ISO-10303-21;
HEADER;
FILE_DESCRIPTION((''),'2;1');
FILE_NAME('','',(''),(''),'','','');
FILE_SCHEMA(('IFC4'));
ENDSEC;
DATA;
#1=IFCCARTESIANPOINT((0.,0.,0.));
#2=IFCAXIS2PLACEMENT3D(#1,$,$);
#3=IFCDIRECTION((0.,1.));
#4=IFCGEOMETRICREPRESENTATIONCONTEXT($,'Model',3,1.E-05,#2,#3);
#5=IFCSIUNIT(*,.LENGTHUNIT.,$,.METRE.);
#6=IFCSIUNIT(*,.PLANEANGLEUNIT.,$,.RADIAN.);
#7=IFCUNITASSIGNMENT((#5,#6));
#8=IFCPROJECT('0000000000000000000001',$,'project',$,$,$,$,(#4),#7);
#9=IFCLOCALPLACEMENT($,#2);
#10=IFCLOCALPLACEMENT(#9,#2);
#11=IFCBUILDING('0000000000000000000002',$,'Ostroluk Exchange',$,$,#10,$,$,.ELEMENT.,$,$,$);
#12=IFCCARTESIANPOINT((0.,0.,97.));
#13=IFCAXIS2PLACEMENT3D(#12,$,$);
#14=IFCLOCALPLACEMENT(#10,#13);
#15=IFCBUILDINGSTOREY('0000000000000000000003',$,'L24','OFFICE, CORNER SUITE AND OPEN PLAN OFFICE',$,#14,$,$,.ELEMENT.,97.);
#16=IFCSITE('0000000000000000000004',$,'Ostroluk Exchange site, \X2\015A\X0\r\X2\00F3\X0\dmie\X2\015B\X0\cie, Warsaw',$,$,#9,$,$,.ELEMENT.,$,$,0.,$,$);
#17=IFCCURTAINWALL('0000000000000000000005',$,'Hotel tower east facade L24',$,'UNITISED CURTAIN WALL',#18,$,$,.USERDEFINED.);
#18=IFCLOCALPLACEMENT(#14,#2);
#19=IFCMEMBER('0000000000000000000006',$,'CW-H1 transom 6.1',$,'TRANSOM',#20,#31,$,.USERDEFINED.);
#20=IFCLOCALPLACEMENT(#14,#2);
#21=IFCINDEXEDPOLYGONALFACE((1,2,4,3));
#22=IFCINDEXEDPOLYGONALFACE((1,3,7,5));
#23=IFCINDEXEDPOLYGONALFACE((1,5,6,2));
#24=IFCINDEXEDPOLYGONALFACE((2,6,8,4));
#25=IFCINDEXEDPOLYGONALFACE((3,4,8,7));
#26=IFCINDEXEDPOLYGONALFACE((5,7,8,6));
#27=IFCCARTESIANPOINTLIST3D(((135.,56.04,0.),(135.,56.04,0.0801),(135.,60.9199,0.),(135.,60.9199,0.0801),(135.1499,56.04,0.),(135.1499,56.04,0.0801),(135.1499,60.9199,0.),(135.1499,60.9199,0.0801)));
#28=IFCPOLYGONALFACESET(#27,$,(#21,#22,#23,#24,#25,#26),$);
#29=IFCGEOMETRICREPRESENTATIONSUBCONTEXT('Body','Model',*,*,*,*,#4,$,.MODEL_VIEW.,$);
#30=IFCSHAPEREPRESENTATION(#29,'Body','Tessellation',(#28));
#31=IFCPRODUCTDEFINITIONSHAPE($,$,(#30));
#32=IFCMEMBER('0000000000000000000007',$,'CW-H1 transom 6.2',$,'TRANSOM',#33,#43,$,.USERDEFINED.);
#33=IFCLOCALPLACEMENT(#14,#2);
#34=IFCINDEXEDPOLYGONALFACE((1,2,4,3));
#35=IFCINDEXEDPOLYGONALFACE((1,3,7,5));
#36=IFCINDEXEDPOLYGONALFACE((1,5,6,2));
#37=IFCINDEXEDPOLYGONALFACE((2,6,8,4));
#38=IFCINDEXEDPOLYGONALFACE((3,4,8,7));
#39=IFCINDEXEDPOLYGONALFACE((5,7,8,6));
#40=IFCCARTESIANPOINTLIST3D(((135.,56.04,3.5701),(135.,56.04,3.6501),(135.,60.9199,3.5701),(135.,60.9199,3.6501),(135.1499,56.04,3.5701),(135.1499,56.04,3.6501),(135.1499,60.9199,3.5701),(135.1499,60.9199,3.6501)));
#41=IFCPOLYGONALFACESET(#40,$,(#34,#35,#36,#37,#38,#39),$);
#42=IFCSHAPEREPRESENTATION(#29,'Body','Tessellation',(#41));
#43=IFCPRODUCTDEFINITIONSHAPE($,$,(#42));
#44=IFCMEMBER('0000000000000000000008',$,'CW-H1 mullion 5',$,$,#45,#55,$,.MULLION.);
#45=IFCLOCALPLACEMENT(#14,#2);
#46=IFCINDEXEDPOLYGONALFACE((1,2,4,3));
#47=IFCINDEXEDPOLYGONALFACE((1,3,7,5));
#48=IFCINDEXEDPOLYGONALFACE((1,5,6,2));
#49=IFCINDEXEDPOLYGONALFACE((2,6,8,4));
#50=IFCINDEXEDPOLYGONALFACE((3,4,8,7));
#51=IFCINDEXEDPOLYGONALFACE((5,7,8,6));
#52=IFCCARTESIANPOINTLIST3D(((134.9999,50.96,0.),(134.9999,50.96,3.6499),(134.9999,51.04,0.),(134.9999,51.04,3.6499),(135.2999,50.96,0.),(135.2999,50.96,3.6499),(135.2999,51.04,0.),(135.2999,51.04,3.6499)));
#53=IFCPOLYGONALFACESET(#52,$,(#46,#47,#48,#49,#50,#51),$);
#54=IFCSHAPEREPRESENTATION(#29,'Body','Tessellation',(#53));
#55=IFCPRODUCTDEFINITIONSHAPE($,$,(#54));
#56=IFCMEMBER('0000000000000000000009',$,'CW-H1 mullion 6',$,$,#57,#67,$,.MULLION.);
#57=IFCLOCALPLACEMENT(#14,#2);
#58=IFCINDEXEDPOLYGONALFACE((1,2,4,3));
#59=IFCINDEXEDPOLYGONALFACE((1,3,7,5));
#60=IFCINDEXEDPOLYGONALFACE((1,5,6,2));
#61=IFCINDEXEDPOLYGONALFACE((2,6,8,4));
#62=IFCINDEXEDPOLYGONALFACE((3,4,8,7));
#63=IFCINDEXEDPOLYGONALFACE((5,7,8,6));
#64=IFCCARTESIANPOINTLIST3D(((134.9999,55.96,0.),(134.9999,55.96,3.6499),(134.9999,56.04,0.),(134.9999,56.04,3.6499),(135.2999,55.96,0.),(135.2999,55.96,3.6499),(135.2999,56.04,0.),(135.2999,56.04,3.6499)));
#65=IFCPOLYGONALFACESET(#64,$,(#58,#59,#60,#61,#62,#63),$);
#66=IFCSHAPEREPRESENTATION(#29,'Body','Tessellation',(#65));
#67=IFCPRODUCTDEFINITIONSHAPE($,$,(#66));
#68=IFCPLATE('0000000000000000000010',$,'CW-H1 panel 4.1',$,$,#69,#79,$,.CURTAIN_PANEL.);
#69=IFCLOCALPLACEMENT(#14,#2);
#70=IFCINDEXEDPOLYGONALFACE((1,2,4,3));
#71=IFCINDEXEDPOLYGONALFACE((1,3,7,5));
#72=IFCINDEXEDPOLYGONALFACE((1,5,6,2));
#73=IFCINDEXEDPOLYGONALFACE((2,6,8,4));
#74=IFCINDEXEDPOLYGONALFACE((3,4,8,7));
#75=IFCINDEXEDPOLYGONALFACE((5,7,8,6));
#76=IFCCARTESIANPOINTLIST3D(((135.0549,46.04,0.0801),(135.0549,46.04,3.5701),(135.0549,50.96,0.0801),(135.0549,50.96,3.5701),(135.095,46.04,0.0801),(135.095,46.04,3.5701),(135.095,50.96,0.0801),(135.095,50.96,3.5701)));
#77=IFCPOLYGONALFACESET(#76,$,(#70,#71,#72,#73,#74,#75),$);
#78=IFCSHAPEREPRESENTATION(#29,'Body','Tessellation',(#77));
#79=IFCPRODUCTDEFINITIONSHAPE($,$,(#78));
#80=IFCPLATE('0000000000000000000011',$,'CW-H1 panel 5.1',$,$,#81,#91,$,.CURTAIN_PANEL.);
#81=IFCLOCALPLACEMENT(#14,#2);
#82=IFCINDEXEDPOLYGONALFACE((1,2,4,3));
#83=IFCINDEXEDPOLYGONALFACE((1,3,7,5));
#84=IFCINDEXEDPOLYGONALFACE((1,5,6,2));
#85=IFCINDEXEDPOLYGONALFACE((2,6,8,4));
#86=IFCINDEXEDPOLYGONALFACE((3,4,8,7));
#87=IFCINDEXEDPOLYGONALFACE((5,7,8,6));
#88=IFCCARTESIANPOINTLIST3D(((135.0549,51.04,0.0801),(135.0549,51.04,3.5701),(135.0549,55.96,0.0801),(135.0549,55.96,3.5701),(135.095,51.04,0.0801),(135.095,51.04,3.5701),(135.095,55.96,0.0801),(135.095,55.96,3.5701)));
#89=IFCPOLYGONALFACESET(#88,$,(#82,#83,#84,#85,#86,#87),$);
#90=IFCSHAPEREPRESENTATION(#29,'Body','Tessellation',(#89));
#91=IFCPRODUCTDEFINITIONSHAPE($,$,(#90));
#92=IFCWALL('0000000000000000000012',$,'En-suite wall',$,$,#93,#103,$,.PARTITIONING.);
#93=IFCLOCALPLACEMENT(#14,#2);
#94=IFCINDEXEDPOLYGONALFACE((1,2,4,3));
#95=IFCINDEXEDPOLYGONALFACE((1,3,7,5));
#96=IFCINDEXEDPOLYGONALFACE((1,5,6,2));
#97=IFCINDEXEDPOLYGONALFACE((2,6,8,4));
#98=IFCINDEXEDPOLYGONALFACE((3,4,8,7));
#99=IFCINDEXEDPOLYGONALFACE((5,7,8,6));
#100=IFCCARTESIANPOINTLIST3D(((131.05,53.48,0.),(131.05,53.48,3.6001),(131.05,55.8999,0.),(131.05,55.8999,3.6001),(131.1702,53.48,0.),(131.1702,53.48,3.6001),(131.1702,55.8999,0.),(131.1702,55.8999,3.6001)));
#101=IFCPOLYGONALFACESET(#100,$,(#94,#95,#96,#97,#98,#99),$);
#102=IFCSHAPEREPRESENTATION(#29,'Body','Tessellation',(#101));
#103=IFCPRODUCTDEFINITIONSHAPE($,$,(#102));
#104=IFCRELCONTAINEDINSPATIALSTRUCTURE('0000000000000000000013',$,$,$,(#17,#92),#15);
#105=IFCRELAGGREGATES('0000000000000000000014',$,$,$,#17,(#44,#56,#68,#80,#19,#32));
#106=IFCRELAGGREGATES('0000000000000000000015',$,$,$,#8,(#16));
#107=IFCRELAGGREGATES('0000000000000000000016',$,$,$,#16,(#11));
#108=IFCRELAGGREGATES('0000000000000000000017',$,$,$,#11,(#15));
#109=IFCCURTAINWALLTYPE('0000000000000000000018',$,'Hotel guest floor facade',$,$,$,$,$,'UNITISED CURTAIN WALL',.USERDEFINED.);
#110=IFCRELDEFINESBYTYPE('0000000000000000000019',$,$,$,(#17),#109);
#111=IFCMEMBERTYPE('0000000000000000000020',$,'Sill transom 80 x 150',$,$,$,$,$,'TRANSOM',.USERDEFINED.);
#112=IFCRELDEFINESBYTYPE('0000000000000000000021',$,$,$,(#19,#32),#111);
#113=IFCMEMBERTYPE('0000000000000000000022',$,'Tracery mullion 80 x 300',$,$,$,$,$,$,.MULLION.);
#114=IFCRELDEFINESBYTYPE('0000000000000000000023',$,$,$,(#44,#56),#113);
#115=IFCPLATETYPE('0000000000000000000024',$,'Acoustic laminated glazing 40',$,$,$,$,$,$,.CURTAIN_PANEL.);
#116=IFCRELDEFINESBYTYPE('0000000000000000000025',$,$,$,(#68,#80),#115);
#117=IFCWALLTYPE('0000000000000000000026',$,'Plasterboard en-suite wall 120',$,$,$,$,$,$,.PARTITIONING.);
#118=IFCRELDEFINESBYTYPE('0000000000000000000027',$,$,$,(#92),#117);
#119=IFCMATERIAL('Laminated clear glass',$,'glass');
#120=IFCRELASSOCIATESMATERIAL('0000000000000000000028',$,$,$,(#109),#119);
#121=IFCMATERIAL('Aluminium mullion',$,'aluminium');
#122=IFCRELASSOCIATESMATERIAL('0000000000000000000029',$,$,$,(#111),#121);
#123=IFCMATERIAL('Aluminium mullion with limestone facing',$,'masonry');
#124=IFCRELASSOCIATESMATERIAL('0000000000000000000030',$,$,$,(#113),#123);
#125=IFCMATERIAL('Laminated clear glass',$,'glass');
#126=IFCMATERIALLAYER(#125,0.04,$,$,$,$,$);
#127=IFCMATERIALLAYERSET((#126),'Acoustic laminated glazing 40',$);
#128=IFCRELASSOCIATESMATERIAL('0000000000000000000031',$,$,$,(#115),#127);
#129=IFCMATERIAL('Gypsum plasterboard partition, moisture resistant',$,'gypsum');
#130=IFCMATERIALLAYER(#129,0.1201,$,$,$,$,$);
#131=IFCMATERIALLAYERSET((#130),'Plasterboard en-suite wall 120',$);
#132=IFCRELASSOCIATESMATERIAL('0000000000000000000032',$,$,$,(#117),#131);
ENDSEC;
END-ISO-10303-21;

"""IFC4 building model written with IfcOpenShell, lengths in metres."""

from ifc_helpers import new_model, si_unit, direction, frame, frame_2d, origin, origin_2d, place, context, subcontext, project, spatial, rectangle, extrude, material, layer, layer_set, material_profile, profile_set, type_object, element, aggregate, save


model = new_model("IFC4")

# Units and contexts
model_context = context("Model", 3, precision=1e-05, world=origin(), true_north=direction((0.0, 1.0)))
body_context = subcontext(model_context, "Body", "Model", "MODEL_VIEW")
ifc_project = project(units=[si_unit("LENGTHUNIT", "METRE"), si_unit("PLANEANGLEUNIT", "RADIAN")], contexts=[model_context])

# Site, building, storey
site_placement = place(None, origin())
site = spatial("IfcSite", under=ifc_project, at=site_placement, Name="Ostroluk Exchange site, Śródmieście, Warsaw", CompositionType="ELEMENT", RefElevation=0.0)
building_placement = place(site_placement, origin())
building = spatial("IfcBuilding", under=site, at=building_placement, Name="Ostroluk Exchange", CompositionType="ELEMENT")
storey_placement = place(building_placement, frame((0.0, 0.0, 97.0)))
storey = spatial("IfcBuildingStorey", under=building, at=storey_placement, Name="L24", Description="OFFICE, CORNER SUITE AND OPEN PLAN OFFICE", CompositionType="ELEMENT", Elevation=97.0)

# Curtain wall, members, plates
ifc_material_1 = material(Name="Laminated clear glass", Category="glass")
curtain_wall_type = type_object("IfcCurtainWallType", Name="Hotel guest floor facade", ElementType="UNITISED CURTAIN WALL", PredefinedType="USERDEFINED", material=ifc_material_1)
curtain_wall_placement = place(storey_placement, origin())
curtain_wall = element("IfcCurtainWall", 1, at=curtain_wall_placement, inside=storey, type_object=curtain_wall_type, Name="Hotel tower east facade L24", ObjectType="UNITISED CURTAIN WALL", PredefinedType="USERDEFINED")
ifc_material_2 = material(Name="Aluminium mullion", Category="aluminium")
ifc_material_profile_1 = material_profile(ifc_material_2, rectangle(XDim=0.1499, YDim=0.0801, at=origin_2d()), Name="Sill transom 80 x 150")
ifc_profile_set_1 = profile_set([ifc_material_profile_1], Name="Aluminium mullion")
member_type_1 = type_object("IfcMemberType", Name="Sill transom 80 x 150", ElementType="TRANSOM", PredefinedType="USERDEFINED", material=ifc_profile_set_1)
member_1_placement = place(storey_placement, frame((135.075, 56.04, 0.04), z_axis=(0.0, 1.0, 0.0), x_axis=(-1.0, 0.0, 0.0)))
member_1 = element("IfcMember", 2, at=member_1_placement, type_object=member_type_1, Name="CW-H1 transom 6.1", ObjectType="TRANSOM", PredefinedType="USERDEFINED", context=body_context, shape_type="SweptSolid", body=[
    extrude(rectangle(XDim=0.1499, YDim=0.0801, at=origin_2d()), origin(), (0.0, 0.0, 1.0), 4.8799),
])
member_2_placement = place(storey_placement, frame((135.075, 56.04, 3.6101), z_axis=(0.0, 1.0, 0.0), x_axis=(-1.0, 0.0, 0.0)))
member_2 = element("IfcMember", 3, at=member_2_placement, type_object=member_type_1, Name="CW-H1 transom 6.2", ObjectType="TRANSOM", PredefinedType="USERDEFINED", context=body_context, shape_type="SweptSolid", body=[
    extrude(rectangle(XDim=0.1499, YDim=0.0801, at=origin_2d()), origin(), (0.0, 0.0, 1.0), 4.8799),
])
ifc_material_3 = material(Name="Aluminium mullion with limestone facing", Category="masonry")
ifc_material_profile_2 = material_profile(ifc_material_3, rectangle(XDim=0.3, YDim=0.0801, at=origin_2d()), Name="Tracery mullion 80 x 300")
ifc_profile_set_2 = profile_set([ifc_material_profile_2], Name="Aluminium mullion with limestone facing")
member_type_2 = type_object("IfcMemberType", Name="Tracery mullion 80 x 300", PredefinedType="MULLION", material=ifc_profile_set_2)
member_3_placement = place(storey_placement, frame((135.1499, 51.0, 0.0), z_axis=(0.0, 0.0, 1.0), x_axis=(-1.0, 0.0, 0.0)))
member_3 = element("IfcMember", 4, at=member_3_placement, type_object=member_type_2, Name="CW-H1 mullion 5", PredefinedType="MULLION", context=body_context, shape_type="SweptSolid", body=[
    extrude(rectangle(XDim=0.3, YDim=0.0801, at=origin_2d()), origin(), (0.0, 0.0, 1.0), 3.6499),
])
member_4_placement = place(storey_placement, frame((135.1499, 56.0, 0.0), z_axis=(0.0, 0.0, 1.0), x_axis=(-1.0, 0.0, 0.0)))
member_4 = element("IfcMember", 5, at=member_4_placement, type_object=member_type_2, Name="CW-H1 mullion 6", PredefinedType="MULLION", context=body_context, shape_type="SweptSolid", body=[
    extrude(rectangle(XDim=0.3, YDim=0.0801, at=origin_2d()), origin(), (0.0, 0.0, 1.0), 3.6499),
])
ifc_material_4 = material(Name="Laminated clear glass", Category="glass")
ifc_layer_1 = layer(ifc_material_4, 0.04)
ifc_layer_set_1 = layer_set([ifc_layer_1], Name="Acoustic laminated glazing 40")
plate_type = type_object("IfcPlateType", Name="Acoustic laminated glazing 40", PredefinedType="CURTAIN_PANEL", material=ifc_layer_set_1)
plate_1_placement = place(storey_placement, frame((135.075, 48.5, 0.0801), z_axis=(0.0, 0.0, 1.0), x_axis=(0.0, 1.0, 0.0)))
plate_1 = element("IfcPlate", 6, at=plate_1_placement, type_object=plate_type, Name="CW-H1 panel 4.1", PredefinedType="CURTAIN_PANEL", context=body_context, shape_type="SweptSolid", body=[
    extrude(rectangle(XDim=4.9199, YDim=0.04, at=origin_2d()), origin(), (0.0, 0.0, 1.0), 3.49),
])
plate_2_placement = place(storey_placement, frame((135.075, 53.5, 0.0801), z_axis=(0.0, 0.0, 1.0), x_axis=(0.0, 1.0, 0.0)))
plate_2 = element("IfcPlate", 7, at=plate_2_placement, type_object=plate_type, Name="CW-H1 panel 5.1", PredefinedType="CURTAIN_PANEL", context=body_context, shape_type="SweptSolid", body=[
    extrude(rectangle(XDim=4.9199, YDim=0.04, at=origin_2d()), origin(), (0.0, 0.0, 1.0), 3.49),
])
aggregate(curtain_wall, [member_3, member_4, plate_1, plate_2, member_1, member_2])

# Wall
ifc_material_5 = material(Name="Gypsum plasterboard partition, moisture resistant", Category="gypsum")
ifc_layer_2 = layer(ifc_material_5, 0.1201)
ifc_layer_set_2 = layer_set([ifc_layer_2], Name="Plasterboard en-suite wall 120")
wall_type_1 = type_object("IfcWallType", Name="Plasterboard en-suite wall 120", PredefinedType="PARTITIONING", material=ifc_layer_set_2)
wall_1_placement = place(storey_placement, frame((131.1101, 53.48, 0.0), z_axis=(0.0, 0.0, 1.0), x_axis=(0.0, 1.0, 0.0)))
element("IfcWall", 8, at=wall_1_placement, inside=storey, type_object=wall_type_1, Name="En-suite wall", PredefinedType="PARTITIONING", context=body_context, shape_type="SweptSolid", body=[
    extrude(rectangle(XDim=2.4199, YDim=0.1201, at=frame_2d((1.21, 0.0))), origin(), (0.0, 0.0, 1.0), 3.6001),
])

save(model, "model.ifc")
